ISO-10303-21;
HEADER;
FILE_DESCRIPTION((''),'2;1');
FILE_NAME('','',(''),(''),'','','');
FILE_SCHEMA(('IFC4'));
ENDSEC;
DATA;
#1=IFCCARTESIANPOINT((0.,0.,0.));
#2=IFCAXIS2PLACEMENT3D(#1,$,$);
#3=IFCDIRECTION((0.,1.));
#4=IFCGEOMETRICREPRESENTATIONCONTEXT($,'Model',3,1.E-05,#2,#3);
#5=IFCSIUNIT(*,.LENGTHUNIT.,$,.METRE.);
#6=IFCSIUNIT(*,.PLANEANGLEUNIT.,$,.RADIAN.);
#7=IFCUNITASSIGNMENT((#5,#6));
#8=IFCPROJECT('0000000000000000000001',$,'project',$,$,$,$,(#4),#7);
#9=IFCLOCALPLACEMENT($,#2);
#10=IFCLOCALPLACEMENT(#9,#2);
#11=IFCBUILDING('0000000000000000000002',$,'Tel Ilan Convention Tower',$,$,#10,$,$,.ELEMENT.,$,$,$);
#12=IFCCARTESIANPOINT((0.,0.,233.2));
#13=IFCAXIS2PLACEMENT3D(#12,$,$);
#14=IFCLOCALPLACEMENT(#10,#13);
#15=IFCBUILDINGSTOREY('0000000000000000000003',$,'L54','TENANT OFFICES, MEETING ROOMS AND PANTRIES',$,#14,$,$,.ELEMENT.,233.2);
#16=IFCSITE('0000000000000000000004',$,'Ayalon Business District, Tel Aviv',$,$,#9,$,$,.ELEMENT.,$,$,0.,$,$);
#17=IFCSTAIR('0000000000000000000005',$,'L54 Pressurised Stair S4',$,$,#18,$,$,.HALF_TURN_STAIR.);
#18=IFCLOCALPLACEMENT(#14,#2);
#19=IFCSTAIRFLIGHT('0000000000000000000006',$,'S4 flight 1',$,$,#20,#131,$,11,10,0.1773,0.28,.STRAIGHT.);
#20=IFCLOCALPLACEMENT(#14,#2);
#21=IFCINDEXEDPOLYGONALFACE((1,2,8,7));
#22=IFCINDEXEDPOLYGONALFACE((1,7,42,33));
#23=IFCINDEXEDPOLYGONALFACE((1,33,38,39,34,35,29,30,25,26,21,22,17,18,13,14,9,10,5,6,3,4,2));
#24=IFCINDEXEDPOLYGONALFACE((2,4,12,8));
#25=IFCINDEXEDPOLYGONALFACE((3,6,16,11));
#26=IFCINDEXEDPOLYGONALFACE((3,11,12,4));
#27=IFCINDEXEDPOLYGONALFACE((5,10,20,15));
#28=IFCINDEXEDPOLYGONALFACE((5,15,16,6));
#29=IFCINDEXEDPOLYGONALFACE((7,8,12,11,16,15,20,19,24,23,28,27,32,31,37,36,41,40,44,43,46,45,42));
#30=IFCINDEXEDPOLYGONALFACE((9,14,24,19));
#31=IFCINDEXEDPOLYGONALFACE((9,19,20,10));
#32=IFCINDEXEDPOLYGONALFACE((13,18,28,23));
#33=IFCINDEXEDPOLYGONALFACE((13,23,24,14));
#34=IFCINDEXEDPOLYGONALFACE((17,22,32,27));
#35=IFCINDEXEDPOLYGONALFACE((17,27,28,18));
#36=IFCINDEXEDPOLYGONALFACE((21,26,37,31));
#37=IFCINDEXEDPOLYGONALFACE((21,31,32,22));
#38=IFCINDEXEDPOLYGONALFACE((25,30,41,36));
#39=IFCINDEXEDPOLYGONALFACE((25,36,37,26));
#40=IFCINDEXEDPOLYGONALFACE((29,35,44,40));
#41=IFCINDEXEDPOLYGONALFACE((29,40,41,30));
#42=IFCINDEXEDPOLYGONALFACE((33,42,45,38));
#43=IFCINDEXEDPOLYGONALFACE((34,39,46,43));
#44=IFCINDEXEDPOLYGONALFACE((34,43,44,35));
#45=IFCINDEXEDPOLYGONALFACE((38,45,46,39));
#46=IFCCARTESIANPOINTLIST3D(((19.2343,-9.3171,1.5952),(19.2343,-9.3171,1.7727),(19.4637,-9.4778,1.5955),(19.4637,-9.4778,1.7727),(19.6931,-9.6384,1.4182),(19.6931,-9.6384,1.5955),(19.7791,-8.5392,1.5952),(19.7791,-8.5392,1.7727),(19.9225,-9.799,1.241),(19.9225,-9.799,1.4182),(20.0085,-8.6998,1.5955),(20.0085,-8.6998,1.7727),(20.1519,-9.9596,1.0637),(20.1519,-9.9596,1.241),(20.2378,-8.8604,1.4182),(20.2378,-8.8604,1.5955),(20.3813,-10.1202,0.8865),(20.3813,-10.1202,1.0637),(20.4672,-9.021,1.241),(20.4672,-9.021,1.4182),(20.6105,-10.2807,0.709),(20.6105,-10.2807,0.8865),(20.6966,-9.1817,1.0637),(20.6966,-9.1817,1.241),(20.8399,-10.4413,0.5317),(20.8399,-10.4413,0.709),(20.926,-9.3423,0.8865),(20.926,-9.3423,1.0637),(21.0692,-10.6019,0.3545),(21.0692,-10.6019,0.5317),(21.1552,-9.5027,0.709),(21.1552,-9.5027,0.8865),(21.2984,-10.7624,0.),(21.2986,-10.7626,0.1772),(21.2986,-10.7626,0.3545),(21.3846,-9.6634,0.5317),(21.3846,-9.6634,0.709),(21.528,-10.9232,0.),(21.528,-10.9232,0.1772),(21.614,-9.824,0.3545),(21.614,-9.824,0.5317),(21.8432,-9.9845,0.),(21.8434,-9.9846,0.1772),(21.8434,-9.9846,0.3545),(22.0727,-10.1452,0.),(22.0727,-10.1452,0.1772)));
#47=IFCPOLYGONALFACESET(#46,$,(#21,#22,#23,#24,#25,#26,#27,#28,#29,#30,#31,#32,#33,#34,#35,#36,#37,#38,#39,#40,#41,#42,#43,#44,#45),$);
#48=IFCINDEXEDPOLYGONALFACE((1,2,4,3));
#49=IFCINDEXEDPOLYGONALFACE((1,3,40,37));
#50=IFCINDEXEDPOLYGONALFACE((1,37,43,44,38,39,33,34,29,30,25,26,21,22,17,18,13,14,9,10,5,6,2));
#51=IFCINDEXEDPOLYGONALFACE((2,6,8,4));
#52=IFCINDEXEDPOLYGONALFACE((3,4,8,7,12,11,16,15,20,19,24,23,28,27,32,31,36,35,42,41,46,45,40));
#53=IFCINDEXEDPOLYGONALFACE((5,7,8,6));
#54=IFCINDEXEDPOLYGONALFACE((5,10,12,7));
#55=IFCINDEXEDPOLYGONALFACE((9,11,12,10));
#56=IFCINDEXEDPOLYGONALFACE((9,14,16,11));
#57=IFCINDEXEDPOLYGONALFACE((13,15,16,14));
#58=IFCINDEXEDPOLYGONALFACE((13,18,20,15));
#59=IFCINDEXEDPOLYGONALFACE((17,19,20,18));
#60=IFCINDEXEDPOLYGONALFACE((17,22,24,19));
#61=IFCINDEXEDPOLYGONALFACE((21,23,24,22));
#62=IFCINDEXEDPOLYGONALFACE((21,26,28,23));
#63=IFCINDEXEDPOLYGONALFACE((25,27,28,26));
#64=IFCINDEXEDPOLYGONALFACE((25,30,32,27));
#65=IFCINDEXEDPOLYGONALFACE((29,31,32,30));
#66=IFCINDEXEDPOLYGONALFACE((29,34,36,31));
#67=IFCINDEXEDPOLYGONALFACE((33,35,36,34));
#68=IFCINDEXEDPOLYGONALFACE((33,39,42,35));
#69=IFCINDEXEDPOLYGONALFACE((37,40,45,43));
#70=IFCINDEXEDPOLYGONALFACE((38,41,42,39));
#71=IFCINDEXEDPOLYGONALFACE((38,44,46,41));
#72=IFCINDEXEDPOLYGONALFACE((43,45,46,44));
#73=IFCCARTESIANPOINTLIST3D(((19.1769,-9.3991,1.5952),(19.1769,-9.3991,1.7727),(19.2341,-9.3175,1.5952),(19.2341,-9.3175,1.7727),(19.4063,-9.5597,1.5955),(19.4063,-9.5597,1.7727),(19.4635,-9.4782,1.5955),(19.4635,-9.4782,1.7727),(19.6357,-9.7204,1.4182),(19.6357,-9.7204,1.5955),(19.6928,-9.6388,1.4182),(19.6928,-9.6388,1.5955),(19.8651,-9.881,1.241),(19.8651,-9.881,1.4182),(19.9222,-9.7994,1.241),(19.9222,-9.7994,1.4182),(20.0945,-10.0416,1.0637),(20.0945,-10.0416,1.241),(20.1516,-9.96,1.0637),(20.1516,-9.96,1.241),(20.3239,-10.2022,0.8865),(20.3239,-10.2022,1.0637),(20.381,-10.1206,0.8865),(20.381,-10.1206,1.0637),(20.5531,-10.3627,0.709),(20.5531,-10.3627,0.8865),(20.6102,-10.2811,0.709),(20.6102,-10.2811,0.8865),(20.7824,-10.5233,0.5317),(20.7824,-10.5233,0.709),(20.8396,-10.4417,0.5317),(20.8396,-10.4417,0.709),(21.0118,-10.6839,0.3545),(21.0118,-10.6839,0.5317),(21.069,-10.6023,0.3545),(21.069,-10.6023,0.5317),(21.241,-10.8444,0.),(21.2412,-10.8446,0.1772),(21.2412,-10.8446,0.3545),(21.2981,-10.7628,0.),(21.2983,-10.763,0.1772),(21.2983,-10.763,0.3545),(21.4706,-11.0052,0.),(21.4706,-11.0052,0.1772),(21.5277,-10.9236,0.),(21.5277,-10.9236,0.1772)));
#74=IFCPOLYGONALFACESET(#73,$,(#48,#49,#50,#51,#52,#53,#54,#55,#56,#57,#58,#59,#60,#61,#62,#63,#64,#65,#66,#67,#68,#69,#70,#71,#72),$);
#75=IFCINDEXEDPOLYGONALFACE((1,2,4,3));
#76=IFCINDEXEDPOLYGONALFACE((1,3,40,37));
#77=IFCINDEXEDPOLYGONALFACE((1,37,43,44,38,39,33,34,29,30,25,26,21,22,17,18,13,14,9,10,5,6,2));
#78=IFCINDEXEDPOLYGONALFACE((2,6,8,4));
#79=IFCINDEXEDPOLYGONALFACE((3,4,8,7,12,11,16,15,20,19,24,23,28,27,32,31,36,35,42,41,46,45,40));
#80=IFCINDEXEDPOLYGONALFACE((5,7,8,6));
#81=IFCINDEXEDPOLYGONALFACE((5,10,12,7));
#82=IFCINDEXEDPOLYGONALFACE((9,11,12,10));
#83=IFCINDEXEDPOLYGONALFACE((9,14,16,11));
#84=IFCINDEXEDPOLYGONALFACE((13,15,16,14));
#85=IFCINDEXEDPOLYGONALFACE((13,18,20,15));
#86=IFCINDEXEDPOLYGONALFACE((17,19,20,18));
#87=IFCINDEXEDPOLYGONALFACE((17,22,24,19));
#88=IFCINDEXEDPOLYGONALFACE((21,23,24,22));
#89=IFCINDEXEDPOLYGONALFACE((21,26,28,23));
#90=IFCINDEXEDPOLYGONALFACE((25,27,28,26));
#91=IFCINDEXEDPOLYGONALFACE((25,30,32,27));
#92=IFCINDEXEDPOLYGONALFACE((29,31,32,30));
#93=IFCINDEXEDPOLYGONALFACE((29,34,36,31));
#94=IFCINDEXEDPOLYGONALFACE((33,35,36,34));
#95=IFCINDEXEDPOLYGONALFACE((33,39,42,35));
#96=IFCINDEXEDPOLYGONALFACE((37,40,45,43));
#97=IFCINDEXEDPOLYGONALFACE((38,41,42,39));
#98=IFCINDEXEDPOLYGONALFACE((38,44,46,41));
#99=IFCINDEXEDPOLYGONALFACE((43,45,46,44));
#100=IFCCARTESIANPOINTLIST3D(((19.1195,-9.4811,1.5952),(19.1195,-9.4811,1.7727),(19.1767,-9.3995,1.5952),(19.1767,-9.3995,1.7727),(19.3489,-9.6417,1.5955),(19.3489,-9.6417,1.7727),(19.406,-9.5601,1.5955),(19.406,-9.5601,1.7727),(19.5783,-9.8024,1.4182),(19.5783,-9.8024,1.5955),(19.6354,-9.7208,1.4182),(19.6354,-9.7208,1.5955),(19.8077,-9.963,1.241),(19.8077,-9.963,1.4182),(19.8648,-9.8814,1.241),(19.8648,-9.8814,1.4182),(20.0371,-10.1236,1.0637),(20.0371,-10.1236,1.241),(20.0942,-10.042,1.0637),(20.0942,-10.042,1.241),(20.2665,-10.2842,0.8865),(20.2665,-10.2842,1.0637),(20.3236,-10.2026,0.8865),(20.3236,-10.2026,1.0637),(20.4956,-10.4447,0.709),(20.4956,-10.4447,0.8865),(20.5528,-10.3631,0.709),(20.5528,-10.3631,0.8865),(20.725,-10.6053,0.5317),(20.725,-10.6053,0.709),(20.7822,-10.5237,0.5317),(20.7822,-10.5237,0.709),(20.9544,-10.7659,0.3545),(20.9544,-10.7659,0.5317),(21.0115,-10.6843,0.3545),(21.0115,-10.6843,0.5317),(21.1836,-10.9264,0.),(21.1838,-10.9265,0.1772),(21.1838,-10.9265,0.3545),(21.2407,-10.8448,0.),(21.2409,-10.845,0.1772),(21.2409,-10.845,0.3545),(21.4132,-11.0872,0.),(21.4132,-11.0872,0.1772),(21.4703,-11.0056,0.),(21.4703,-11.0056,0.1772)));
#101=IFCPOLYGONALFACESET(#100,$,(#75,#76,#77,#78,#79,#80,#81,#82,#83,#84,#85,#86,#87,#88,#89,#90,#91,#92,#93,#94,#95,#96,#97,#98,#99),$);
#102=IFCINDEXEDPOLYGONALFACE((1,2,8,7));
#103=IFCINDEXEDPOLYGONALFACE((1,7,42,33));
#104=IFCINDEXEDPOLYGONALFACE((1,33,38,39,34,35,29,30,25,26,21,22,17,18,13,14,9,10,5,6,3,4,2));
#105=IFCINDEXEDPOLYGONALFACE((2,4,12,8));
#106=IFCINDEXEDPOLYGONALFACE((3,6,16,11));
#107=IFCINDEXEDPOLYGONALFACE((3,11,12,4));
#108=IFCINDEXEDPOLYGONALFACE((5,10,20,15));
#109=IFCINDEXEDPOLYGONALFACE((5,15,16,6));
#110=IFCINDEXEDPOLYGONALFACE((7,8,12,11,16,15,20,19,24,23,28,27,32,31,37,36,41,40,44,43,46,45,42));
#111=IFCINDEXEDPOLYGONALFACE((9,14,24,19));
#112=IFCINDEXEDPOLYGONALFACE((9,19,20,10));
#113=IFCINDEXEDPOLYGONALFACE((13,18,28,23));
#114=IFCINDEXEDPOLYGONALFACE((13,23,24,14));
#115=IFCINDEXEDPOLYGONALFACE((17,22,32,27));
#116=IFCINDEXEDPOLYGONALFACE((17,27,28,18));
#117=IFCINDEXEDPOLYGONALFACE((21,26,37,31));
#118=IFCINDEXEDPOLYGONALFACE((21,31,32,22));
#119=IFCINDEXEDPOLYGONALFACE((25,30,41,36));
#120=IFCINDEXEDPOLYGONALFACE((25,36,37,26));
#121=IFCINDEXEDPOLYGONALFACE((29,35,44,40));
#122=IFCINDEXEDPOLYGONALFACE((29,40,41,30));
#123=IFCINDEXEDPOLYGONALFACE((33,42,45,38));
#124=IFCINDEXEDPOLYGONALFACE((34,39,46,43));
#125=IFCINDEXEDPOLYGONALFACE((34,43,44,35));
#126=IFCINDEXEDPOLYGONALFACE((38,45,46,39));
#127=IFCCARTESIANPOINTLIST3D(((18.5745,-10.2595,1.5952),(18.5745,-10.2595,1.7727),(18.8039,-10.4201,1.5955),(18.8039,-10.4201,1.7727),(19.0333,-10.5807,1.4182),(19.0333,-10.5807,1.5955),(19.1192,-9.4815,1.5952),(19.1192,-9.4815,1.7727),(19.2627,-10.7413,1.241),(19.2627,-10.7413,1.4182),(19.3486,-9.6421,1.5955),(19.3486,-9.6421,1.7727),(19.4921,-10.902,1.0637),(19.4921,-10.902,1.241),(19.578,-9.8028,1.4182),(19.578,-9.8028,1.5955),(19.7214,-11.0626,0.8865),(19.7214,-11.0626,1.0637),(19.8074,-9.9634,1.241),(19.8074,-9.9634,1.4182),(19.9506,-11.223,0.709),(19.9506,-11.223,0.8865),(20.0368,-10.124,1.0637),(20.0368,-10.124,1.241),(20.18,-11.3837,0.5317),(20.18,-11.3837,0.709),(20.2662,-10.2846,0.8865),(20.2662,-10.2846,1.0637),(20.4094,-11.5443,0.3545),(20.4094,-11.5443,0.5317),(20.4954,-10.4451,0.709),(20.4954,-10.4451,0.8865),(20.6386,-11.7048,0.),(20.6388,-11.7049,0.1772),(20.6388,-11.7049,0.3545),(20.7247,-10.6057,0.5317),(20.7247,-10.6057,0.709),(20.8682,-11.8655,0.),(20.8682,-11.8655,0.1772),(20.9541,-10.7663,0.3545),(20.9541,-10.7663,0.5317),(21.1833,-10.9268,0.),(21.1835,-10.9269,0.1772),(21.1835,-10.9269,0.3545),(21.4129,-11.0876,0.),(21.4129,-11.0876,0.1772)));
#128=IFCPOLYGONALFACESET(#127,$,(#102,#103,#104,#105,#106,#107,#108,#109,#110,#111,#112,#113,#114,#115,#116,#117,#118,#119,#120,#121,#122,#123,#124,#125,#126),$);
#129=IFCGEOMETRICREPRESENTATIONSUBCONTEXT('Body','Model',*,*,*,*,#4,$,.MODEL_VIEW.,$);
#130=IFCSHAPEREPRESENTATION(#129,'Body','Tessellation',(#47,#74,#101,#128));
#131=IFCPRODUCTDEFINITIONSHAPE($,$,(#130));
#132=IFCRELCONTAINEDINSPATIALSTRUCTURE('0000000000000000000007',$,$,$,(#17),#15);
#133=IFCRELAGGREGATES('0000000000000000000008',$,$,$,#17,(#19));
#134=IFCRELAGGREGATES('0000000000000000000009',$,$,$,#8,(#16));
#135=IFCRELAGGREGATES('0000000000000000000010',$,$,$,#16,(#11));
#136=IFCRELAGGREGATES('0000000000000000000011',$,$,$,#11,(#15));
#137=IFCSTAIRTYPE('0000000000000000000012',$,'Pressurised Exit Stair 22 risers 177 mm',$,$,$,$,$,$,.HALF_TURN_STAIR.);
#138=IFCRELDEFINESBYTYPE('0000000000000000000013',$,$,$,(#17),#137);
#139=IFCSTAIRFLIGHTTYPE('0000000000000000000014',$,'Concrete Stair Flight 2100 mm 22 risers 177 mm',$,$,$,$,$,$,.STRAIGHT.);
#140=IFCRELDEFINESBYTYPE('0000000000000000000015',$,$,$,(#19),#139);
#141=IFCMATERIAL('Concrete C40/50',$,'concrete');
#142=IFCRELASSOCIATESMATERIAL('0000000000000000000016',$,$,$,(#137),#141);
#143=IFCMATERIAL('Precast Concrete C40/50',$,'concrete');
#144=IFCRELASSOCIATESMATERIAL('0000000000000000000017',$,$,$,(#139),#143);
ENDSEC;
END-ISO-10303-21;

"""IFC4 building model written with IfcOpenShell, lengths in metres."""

from ifc_helpers import new_model, si_unit, direction, frame, origin, place, context, subcontext, project, spatial, polyline, outline, extrude, material, type_object, element, aggregate, save


model = new_model("IFC4")

# Units and contexts
model_context = context("Model", 3, precision=1e-05, world=origin(), true_north=direction((0.0, 1.0)))
body_context = subcontext(model_context, "Body", "Model", "MODEL_VIEW")
ifc_project = project(units=[si_unit("LENGTHUNIT", "METRE"), si_unit("PLANEANGLEUNIT", "RADIAN")], contexts=[model_context])

# Site, building, storey
site_placement = place(None, origin())
site = spatial("IfcSite", under=ifc_project, at=site_placement, Name="Ayalon Business District, Tel Aviv", CompositionType="ELEMENT", RefElevation=0.0)
building_placement = place(site_placement, origin())
building = spatial("IfcBuilding", under=site, at=building_placement, Name="Tel Ilan Convention Tower", CompositionType="ELEMENT")
storey_placement = place(building_placement, frame((0.0, 0.0, 233.2)))
storey = spatial("IfcBuildingStorey", under=building, at=storey_placement, Name="L54", Description="TENANT OFFICES, MEETING ROOMS AND PANTRIES", CompositionType="ELEMENT", Elevation=233.2)

# Shared definitions
ifc_material_1 = material(Name="Concrete C40/50", Category="concrete")
stair_type = type_object("IfcStairType", Name="Pressurised Exit Stair 22 risers 177 mm", PredefinedType="HALF_TURN_STAIR", material=ifc_material_1)
ifc_material_2 = material(Name="Precast Concrete C40/50", Category="concrete")
stair_flight_type = type_object("IfcStairFlightType", Name="Concrete Stair Flight 2100 mm 22 risers 177 mm", PredefinedType="STRAIGHT", material=ifc_material_2)

# Stair, stair flight
stair_1_placement = place(storey_placement, origin())
stair_1 = element("IfcStair", 1, at=stair_1_placement, inside=storey, type_object=stair_type, Name="L54 Pressurised Stair S4", PredefinedType="HALF_TURN_STAIR")
stair_flight_1_placement = place(storey_placement, frame((21.4705, -11.0054, 0.0), z_axis=(0.0, 0.0, 1.0), x_axis=(-0.819152, 0.573576, 0.0)))
stair_flight_1 = element("IfcStairFlight", 2, at=stair_flight_1_placement, type_object=stair_flight_type, Name="S4 flight 1", NumberOfRisers=11, NumberOfTreads=10, PredefinedType="STRAIGHT", RiserHeight=0.1773, TreadLength=0.28, context=body_context, shape_type="SweptSolid", body=[
    extrude(outline(polyline([(0.0, 0.0), (0.0, 0.1772), (0.28, 0.1772), (0.28, 0.3545), (0.5601, 0.3545), (0.5601, 0.5317), (0.8401, 0.5317), (0.8401, 0.709), (1.1201, 0.709), (1.1201, 0.8865), (1.3999, 0.8865), (1.3999, 1.0637), (1.6799, 1.0637), (1.6799, 1.241), (1.96, 1.241), (1.96, 1.4182), (2.24, 1.4182), (2.24, 1.5955), (2.52, 1.5955), (2.52, 1.7727), (2.8, 1.7727), (2.8, 1.95), (2.8, 1.5952), (0.2803, 0.0), (0.0, 0.0)])), frame((0.0, -0.1003, 0.0), z_axis=(0.0, -1.0, 0.0), x_axis=(1.0, 0.0, 0.0)), (0.0, 0.0, 1.0), 0.9497),
    extrude(outline(polyline([(0.0, 0.0), (0.0, 0.1772), (0.28, 0.1772), (0.28, 0.3545), (0.5601, 0.3545), (0.5601, 0.5317), (0.8401, 0.5317), (0.8401, 0.709), (1.1201, 0.709), (1.1201, 0.8865), (1.3999, 0.8865), (1.3999, 1.0637), (1.6799, 1.0637), (1.6799, 1.241), (1.96, 1.241), (1.96, 1.4182), (2.24, 1.4182), (2.24, 1.5955), (2.52, 1.5955), (2.52, 1.7727), (2.8, 1.7727), (2.8, 1.95), (2.8, 1.5952), (0.2803, 0.0), (0.0, 0.0)])), frame((0.0, -0.0002, 0.0), z_axis=(0.0, -1.0, 0.0), x_axis=(1.0, 0.0, 0.0)), (0.0, 0.0, 1.0), 0.0996),
    extrude(outline(polyline([(0.0, 0.0), (0.0, 0.1772), (0.28, 0.1772), (0.28, 0.3545), (0.5601, 0.3545), (0.5601, 0.5317), (0.8401, 0.5317), (0.8401, 0.709), (1.1201, 0.709), (1.1201, 0.8865), (1.3999, 0.8865), (1.3999, 1.0637), (1.6799, 1.0637), (1.6799, 1.241), (1.96, 1.241), (1.96, 1.4182), (2.24, 1.4182), (2.24, 1.5955), (2.52, 1.5955), (2.52, 1.7727), (2.8, 1.7727), (2.8, 1.95), (2.8, 1.5952), (0.2803, 0.0), (0.0, 0.0)])), frame((0.0, 0.0999, 0.0), z_axis=(0.0, -1.0, 0.0), x_axis=(1.0, 0.0, 0.0)), (0.0, 0.0, 1.0), 0.0996),
    extrude(outline(polyline([(0.0, 0.0), (0.0, 0.1772), (0.28, 0.1772), (0.28, 0.3545), (0.5601, 0.3545), (0.5601, 0.5317), (0.8401, 0.5317), (0.8401, 0.709), (1.1201, 0.709), (1.1201, 0.8865), (1.3999, 0.8865), (1.3999, 1.0637), (1.6799, 1.0637), (1.6799, 1.241), (1.96, 1.241), (1.96, 1.4182), (2.24, 1.4182), (2.24, 1.5955), (2.52, 1.5955), (2.52, 1.7727), (2.8, 1.7727), (2.8, 1.95), (2.8, 1.5952), (0.2803, 0.0), (0.0, 0.0)])), frame((0.0, 1.05, 0.0), z_axis=(0.0, -1.0, 0.0), x_axis=(1.0, 0.0, 0.0)), (0.0, 0.0, 1.0), 0.9497),
])
aggregate(stair_1, [stair_flight_1])

save(model, "model.ifc")
